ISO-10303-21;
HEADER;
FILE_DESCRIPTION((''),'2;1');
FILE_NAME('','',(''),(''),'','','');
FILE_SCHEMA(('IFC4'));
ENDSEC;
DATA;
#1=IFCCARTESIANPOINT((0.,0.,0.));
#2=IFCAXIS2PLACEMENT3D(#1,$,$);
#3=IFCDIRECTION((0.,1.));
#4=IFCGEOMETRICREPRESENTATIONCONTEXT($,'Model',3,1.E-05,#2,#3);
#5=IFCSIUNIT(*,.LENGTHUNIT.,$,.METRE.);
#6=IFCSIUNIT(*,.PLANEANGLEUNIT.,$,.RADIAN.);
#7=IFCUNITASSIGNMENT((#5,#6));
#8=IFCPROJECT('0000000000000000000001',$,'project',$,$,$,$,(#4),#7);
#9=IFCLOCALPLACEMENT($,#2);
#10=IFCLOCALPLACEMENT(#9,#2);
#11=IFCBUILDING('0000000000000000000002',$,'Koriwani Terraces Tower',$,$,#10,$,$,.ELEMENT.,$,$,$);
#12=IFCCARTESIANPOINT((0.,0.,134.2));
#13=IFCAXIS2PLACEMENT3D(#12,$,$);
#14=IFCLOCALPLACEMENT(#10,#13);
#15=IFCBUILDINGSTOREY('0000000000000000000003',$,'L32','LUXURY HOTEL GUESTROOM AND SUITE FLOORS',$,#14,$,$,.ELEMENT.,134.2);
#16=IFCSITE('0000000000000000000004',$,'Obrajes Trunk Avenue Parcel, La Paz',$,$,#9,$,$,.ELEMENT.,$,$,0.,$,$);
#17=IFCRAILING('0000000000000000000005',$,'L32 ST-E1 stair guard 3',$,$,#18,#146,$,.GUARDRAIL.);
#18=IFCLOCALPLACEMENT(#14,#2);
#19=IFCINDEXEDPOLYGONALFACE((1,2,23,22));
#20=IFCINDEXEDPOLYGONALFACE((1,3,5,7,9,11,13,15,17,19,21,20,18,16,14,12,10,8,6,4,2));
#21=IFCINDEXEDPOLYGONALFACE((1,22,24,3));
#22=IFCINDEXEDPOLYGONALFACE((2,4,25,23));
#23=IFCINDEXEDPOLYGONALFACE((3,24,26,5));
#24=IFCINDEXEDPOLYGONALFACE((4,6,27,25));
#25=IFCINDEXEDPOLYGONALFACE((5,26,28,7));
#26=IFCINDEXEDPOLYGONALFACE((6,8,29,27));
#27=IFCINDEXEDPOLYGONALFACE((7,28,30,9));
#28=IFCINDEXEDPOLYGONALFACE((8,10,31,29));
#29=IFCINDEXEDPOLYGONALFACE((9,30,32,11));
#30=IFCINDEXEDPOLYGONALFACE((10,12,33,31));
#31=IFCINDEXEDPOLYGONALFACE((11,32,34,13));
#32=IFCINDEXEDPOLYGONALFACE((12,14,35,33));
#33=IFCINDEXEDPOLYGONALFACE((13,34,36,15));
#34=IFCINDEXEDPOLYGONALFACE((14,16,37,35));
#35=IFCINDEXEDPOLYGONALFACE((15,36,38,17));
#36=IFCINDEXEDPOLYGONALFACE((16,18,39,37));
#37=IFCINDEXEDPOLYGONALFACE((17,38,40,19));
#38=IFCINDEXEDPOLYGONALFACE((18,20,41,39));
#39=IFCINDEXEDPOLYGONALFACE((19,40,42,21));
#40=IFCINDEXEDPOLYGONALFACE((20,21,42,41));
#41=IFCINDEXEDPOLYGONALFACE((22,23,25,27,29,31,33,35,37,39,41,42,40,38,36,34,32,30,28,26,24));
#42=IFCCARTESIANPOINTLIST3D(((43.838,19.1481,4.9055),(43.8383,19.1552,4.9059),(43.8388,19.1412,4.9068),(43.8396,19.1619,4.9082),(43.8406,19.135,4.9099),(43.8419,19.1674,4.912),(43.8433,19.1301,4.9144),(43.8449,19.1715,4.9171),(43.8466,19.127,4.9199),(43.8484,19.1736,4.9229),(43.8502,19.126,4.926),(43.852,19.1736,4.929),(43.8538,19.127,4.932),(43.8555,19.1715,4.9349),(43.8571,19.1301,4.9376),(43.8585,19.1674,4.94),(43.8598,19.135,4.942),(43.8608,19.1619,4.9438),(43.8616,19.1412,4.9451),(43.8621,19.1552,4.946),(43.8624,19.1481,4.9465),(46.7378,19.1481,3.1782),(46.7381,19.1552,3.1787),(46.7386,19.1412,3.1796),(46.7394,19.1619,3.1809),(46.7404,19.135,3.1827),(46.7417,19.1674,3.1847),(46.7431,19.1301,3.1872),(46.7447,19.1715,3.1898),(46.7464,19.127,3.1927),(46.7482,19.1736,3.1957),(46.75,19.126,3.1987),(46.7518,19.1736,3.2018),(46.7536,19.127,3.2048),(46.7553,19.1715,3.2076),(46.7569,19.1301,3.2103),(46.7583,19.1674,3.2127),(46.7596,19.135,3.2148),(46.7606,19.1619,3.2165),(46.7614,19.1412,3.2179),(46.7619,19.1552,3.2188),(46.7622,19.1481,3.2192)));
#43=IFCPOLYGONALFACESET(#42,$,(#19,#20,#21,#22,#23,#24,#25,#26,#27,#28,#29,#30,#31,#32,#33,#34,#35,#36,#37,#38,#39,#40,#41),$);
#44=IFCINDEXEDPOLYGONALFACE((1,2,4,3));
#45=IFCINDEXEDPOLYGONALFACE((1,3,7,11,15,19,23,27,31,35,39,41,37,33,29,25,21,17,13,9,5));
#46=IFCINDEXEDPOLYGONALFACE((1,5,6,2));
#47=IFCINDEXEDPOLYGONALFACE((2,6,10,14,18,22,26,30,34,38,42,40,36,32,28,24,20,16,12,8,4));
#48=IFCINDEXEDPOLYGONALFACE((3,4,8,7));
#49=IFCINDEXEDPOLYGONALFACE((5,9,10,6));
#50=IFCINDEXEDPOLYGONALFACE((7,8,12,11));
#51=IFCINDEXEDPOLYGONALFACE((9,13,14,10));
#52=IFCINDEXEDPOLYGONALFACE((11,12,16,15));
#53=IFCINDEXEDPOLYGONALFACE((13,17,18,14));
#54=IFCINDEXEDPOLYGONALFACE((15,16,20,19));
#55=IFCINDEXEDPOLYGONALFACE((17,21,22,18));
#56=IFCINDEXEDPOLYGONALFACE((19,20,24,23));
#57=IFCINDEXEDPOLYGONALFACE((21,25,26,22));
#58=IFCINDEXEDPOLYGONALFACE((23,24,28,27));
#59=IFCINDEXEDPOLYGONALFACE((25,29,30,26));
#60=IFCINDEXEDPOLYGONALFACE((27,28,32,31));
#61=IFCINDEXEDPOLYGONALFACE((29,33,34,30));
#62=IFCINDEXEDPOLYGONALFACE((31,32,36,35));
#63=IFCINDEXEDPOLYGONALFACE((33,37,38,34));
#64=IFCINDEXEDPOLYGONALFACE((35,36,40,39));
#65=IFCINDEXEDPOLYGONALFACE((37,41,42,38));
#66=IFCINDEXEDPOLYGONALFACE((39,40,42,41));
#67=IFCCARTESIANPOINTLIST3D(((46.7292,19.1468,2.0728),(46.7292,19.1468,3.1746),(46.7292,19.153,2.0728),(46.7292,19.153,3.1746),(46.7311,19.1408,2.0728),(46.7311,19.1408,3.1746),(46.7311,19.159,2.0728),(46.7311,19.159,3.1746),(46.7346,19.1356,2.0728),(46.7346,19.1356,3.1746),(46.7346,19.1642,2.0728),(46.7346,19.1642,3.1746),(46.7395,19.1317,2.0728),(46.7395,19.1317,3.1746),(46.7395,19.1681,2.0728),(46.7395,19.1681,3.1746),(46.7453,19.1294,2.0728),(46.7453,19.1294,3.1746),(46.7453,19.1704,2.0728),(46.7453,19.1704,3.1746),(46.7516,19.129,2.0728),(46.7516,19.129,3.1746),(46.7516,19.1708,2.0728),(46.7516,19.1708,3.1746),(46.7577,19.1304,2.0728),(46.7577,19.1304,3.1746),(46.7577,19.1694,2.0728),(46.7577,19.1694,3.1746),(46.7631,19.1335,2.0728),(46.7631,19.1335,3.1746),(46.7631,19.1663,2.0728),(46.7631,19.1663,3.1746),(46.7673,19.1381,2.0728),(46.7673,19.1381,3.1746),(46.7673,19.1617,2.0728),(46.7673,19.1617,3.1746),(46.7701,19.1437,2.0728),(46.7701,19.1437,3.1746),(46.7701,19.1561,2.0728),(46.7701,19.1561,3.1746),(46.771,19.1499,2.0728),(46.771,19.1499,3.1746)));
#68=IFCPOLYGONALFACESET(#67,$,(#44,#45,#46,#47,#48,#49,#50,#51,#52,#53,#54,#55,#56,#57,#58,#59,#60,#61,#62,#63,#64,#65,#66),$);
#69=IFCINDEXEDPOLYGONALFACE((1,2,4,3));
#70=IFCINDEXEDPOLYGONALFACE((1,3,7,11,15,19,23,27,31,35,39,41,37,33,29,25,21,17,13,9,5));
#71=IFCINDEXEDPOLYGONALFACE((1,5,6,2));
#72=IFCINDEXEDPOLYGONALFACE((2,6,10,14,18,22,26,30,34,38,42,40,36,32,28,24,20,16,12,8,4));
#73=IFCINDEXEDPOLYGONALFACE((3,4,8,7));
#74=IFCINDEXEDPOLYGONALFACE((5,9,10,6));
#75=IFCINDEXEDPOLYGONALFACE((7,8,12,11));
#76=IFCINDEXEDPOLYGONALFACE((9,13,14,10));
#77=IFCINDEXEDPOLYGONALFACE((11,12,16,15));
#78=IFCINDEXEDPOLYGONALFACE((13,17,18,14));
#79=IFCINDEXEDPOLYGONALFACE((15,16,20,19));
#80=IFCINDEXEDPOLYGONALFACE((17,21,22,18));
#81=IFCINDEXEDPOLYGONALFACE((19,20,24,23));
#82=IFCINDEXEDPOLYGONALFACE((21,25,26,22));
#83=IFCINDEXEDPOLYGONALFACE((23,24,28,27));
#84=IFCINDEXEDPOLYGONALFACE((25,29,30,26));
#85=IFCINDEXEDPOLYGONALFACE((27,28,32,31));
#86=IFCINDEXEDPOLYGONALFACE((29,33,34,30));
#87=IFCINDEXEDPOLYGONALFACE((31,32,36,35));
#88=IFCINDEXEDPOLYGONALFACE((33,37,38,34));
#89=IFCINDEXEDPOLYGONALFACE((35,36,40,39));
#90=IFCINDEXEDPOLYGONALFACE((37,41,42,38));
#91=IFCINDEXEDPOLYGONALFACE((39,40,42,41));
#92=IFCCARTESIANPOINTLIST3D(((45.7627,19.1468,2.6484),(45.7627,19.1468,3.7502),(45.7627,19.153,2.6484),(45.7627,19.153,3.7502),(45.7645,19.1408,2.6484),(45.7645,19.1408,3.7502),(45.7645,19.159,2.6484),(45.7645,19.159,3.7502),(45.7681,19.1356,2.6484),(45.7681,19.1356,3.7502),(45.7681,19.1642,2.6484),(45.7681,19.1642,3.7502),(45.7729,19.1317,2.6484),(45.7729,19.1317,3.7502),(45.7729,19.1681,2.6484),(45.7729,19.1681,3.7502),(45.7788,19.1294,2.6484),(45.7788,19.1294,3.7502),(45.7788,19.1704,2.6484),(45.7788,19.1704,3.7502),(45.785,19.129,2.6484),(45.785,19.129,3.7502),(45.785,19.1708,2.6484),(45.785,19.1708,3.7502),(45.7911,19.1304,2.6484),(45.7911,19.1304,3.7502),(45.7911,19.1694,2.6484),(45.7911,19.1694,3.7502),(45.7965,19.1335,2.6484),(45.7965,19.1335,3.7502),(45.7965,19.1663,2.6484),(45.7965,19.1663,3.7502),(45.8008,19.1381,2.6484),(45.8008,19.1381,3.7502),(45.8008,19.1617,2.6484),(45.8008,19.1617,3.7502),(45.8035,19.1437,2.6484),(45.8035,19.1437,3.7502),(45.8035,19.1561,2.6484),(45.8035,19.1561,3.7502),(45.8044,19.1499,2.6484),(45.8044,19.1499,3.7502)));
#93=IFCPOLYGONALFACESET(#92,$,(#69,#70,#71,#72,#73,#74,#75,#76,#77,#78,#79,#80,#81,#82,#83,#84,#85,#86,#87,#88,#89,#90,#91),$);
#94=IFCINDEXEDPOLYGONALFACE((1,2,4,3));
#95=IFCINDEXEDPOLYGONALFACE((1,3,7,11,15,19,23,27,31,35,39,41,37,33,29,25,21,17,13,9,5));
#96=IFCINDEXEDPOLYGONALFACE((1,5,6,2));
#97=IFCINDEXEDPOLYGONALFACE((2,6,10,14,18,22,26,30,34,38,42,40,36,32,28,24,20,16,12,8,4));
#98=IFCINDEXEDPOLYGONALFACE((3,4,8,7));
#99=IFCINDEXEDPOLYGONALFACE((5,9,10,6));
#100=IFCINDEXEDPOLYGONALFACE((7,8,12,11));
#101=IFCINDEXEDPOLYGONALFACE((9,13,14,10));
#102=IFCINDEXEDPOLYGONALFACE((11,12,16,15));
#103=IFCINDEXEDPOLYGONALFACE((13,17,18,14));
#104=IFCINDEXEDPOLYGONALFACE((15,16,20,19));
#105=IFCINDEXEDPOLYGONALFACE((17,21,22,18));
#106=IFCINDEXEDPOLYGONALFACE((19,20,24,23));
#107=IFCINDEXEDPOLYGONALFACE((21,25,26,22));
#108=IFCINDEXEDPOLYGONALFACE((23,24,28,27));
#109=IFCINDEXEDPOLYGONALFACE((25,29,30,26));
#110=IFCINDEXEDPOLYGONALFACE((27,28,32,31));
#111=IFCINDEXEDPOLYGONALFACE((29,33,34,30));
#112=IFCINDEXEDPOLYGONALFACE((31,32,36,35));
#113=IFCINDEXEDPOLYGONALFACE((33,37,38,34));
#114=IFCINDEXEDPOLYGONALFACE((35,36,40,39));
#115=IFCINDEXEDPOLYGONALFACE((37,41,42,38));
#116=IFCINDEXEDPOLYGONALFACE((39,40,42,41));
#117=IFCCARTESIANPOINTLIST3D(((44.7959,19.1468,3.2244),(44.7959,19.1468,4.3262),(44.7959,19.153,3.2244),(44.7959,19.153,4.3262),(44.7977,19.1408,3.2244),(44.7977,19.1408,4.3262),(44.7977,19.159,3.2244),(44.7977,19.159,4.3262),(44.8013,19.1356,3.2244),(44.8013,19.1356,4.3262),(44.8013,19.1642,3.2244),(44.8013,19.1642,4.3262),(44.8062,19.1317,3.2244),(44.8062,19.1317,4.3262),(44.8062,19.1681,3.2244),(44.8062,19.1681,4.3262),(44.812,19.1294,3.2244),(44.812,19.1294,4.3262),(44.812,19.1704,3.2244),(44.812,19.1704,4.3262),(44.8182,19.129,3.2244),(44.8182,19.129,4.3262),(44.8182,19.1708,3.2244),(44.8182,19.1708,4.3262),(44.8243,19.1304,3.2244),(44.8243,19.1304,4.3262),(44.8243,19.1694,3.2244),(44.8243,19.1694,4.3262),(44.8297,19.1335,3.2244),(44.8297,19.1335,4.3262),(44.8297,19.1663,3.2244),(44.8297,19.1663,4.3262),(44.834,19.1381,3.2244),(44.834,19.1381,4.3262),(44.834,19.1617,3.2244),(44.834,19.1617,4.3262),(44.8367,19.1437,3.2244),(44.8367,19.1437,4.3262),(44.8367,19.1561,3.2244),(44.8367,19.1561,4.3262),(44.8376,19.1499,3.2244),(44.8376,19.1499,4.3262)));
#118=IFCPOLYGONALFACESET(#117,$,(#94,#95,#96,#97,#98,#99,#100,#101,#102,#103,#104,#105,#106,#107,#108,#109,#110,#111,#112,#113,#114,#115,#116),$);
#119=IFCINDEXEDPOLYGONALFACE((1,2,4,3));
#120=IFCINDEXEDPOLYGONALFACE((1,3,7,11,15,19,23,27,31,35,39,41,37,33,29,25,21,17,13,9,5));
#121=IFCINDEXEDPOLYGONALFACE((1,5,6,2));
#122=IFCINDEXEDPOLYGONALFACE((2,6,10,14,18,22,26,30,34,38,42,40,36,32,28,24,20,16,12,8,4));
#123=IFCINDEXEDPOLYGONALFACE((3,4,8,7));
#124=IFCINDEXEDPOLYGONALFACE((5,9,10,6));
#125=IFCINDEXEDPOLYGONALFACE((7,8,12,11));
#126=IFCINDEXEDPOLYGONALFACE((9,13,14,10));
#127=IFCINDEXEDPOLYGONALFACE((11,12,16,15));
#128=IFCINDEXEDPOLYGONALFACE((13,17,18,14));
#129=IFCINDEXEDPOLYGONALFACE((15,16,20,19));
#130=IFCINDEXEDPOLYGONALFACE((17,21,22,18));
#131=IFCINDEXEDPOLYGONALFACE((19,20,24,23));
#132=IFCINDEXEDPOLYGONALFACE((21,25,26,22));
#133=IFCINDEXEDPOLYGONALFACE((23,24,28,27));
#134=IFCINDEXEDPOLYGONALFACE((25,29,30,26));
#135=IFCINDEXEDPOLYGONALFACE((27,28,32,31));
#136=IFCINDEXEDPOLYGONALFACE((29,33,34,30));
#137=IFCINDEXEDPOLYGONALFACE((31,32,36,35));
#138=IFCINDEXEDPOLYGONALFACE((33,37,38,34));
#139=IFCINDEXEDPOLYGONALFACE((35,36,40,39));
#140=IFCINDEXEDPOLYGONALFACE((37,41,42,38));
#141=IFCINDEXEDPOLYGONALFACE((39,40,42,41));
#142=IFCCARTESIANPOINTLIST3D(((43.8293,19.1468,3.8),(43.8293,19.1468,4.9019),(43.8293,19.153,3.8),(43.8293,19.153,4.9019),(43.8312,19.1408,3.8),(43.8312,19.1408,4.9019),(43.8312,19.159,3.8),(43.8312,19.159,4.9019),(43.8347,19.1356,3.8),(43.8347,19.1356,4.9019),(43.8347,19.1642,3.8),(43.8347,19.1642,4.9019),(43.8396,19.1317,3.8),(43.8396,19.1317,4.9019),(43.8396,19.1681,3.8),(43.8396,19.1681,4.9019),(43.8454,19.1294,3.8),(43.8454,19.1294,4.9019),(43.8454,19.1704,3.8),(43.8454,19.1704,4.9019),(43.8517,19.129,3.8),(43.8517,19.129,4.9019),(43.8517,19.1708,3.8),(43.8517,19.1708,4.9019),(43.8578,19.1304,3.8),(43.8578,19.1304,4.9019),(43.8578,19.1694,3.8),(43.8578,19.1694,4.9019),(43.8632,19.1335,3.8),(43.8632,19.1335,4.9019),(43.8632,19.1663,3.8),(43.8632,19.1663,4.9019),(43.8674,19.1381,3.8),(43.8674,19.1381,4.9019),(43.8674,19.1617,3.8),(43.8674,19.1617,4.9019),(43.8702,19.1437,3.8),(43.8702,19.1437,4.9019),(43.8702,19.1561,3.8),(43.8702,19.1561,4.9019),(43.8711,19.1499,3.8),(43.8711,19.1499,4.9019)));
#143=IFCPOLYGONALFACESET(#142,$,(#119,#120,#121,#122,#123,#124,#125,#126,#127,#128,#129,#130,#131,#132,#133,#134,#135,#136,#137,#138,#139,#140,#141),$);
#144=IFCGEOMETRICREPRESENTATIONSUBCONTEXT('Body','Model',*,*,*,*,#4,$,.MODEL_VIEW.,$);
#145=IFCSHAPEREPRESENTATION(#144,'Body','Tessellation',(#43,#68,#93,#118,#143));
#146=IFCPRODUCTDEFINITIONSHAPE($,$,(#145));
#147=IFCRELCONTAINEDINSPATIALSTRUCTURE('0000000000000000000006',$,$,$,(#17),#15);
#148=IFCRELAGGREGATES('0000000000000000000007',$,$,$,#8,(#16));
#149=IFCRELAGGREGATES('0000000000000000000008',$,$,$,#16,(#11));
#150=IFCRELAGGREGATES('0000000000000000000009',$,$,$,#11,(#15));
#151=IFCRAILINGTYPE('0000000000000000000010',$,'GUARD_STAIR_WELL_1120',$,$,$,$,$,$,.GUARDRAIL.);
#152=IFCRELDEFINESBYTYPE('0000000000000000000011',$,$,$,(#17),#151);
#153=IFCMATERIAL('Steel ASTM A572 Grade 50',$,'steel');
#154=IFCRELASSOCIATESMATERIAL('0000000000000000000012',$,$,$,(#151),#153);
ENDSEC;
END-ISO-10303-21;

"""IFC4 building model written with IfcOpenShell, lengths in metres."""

from ifc_helpers import new_model, si_unit, direction, frame, origin, origin_2d, place, context, subcontext, project, spatial, circle, extrude, material, type_object, element, save


model = new_model("IFC4")

# Units and contexts
model_context = context("Model", 3, precision=1e-05, world=origin(), true_north=direction((0.0, 1.0)))
body_context = subcontext(model_context, "Body", "Model", "MODEL_VIEW")
ifc_project = project(units=[si_unit("LENGTHUNIT", "METRE"), si_unit("PLANEANGLEUNIT", "RADIAN")], contexts=[model_context])

# Site, building, storey
site_placement = place(None, origin())
site = spatial("IfcSite", under=ifc_project, at=site_placement, Name="Obrajes Trunk Avenue Parcel, La Paz", CompositionType="ELEMENT", RefElevation=0.0)
building_placement = place(site_placement, origin())
building = spatial("IfcBuilding", under=site, at=building_placement, Name="Koriwani Terraces Tower", CompositionType="ELEMENT")
storey_placement = place(building_placement, frame((0.0, 0.0, 134.2)))
storey = spatial("IfcBuildingStorey", under=building, at=storey_placement, Name="L32", Description="LUXURY HOTEL GUESTROOM AND SUITE FLOORS", CompositionType="ELEMENT", Elevation=134.2)

# Shared definitions
ifc_material_1 = material(Name="Steel ASTM A572 Grade 50", Category="steel")

# Railing
railing_type_1 = type_object("IfcRailingType", Name="GUARD_STAIR_WELL_1120", PredefinedType="GUARDRAIL", material=ifc_material_1)
railing_1_placement = place(storey_placement, frame((46.75, 19.1499, 2.0728)))
element("IfcRailing", 1, at=railing_1_placement, inside=storey, type_object=railing_type_1, Name="L32 ST-E1 stair guard 3", PredefinedType="GUARDRAIL", context=body_context, shape_type="SweptSolid", body=[
    extrude(circle(Radius=0.0239, at=origin_2d()), frame((0.0, 0.0, 1.126), z_axis=(-0.859141, 0.0, 0.511738), x_axis=(0.0, -1.0, 0.0)), (0.0, 0.0, 1.0), 3.3752),
    extrude(circle(Radius=0.021, at=origin_2d()), origin(), (0.0, 0.0, 1.0), 1.1018),
    extrude(circle(Radius=0.021, at=origin_2d()), frame((-0.9666, 0.0, 0.5757)), (0.0, 0.0, 1.0), 1.1018),
    extrude(circle(Radius=0.021, at=origin_2d()), frame((-1.9333, 0.0, 1.1516)), (0.0, 0.0, 1.0), 1.1018),
    extrude(circle(Radius=0.021, at=origin_2d()), frame((-2.8999, 0.0, 1.7273)), (0.0, 0.0, 1.0), 1.1018),
])

save(model, "model.ifc")
